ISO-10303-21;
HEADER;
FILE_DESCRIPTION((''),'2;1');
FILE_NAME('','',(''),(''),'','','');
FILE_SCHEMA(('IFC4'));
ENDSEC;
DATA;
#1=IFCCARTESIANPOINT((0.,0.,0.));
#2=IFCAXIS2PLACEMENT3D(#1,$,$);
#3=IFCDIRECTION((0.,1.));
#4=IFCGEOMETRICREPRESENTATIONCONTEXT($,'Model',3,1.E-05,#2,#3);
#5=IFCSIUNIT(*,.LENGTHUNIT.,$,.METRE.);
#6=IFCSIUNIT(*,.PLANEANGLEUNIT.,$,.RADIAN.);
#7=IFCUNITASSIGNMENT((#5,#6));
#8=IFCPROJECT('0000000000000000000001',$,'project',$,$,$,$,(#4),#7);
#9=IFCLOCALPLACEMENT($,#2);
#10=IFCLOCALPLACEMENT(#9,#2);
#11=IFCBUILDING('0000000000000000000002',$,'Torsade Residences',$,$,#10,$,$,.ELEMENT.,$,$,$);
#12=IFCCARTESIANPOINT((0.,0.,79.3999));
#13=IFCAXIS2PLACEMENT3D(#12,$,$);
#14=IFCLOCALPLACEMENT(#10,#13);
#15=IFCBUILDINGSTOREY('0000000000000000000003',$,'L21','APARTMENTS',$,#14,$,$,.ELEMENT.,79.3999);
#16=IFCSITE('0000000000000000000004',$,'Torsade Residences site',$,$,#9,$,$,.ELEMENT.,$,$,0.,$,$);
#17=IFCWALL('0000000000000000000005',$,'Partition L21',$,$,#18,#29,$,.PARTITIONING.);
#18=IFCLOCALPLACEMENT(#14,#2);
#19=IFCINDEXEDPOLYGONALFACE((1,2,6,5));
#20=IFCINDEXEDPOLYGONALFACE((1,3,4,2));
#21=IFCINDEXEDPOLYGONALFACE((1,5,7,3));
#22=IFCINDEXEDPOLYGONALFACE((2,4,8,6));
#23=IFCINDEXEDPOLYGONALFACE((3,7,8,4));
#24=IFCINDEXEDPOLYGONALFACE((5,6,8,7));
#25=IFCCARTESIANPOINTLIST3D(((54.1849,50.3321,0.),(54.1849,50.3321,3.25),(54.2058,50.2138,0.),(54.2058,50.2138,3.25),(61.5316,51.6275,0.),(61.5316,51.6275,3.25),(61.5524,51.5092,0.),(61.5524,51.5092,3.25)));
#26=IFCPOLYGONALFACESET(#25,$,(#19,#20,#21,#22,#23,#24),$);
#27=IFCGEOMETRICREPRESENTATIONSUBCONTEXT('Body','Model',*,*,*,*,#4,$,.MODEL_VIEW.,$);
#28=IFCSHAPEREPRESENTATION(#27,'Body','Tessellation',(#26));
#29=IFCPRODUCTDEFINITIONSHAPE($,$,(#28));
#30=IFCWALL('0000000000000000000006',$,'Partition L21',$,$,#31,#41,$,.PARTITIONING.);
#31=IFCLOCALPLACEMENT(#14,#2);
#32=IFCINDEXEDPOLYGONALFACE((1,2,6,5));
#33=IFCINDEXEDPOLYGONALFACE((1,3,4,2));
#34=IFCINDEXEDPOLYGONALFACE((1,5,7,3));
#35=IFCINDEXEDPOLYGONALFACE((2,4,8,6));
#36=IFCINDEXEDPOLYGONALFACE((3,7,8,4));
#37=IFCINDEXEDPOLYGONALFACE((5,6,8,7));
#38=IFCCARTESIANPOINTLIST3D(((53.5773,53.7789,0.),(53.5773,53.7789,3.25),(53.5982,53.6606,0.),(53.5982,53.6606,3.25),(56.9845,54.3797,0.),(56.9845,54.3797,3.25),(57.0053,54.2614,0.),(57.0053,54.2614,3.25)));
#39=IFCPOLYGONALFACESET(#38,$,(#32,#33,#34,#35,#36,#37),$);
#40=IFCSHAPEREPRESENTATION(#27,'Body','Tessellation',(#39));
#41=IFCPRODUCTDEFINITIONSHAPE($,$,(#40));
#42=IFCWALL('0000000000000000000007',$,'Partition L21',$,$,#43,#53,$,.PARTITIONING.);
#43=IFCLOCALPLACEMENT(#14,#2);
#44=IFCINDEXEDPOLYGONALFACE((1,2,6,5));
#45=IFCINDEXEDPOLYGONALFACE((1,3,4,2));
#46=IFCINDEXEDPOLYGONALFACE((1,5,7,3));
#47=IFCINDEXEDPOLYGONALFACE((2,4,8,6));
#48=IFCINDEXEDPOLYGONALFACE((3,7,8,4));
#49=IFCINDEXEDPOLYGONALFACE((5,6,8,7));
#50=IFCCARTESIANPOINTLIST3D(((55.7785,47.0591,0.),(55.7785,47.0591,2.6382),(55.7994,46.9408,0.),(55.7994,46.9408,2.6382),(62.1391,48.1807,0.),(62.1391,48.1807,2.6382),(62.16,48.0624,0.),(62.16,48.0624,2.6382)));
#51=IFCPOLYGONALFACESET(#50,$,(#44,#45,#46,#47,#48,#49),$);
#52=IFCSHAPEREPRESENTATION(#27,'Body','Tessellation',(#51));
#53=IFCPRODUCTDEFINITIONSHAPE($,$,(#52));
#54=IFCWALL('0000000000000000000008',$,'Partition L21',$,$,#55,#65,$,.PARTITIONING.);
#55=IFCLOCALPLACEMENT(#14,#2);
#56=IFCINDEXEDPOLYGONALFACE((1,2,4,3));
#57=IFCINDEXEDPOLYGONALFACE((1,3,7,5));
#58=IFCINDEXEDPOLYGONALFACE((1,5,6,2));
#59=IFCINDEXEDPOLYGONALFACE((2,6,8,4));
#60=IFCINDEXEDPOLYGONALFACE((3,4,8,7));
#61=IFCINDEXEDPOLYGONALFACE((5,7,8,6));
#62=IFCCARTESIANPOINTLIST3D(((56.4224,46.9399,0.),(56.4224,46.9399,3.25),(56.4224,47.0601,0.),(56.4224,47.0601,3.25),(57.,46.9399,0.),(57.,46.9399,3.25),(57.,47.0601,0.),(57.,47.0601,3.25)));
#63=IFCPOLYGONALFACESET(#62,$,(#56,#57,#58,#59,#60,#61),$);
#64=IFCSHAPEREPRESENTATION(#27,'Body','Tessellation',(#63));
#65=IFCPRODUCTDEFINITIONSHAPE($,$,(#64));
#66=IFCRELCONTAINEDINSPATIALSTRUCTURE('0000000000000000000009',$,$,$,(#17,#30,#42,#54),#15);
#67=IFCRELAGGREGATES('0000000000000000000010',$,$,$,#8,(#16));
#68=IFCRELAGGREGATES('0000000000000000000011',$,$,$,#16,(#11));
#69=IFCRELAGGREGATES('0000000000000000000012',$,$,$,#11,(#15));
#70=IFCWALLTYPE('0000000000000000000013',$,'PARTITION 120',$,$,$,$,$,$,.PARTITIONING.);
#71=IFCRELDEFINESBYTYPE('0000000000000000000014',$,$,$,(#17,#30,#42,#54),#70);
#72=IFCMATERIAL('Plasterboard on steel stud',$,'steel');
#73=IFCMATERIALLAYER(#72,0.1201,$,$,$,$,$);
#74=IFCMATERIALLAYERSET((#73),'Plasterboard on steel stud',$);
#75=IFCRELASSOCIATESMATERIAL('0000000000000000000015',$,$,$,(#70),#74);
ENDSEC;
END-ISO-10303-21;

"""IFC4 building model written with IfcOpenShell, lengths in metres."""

from ifc_helpers import new_model, si_unit, direction, frame, frame_2d, origin, place, context, subcontext, project, spatial, rectangle, extrude, material, layer, layer_set, type_object, element, save


model = new_model("IFC4")

# Units and contexts
model_context = context("Model", 3, precision=1e-05, world=origin(), true_north=direction((0.0, 1.0)))
body_context = subcontext(model_context, "Body", "Model", "MODEL_VIEW")
ifc_project = project(units=[si_unit("LENGTHUNIT", "METRE"), si_unit("PLANEANGLEUNIT", "RADIAN")], contexts=[model_context])

# Site, building, storey
site_placement = place(None, origin())
site = spatial("IfcSite", under=ifc_project, at=site_placement, Name="Torsade Residences site", CompositionType="ELEMENT", RefElevation=0.0)
building_placement = place(site_placement, origin())
building = spatial("IfcBuilding", under=site, at=building_placement, Name="Torsade Residences", CompositionType="ELEMENT")
storey_placement = place(building_placement, frame((0.0, 0.0, 79.3999)))
storey = spatial("IfcBuildingStorey", under=building, at=storey_placement, Name="L21", Description="APARTMENTS", CompositionType="ELEMENT", Elevation=79.3999)

# Shared definitions
ifc_material_1 = material(Name="Plasterboard on steel stud", Category="steel")
ifc_layer_1 = layer(ifc_material_1, 0.1201)
ifc_layer_set_1 = layer_set([ifc_layer_1], Name="Plasterboard on steel stud")
wall_type = type_object("IfcWallType", Name="PARTITION 120", PredefinedType="PARTITIONING", material=ifc_layer_set_1)

# Walls
wall_1_placement = place(storey_placement, frame((61.542, 51.5684, 0.0), z_axis=(0.0, 0.0, 1.0), x_axis=(-0.984808, -0.173647, 0.0)))
element("IfcWall", 1, at=wall_1_placement, inside=storey, type_object=wall_type, Name="Partition L21", PredefinedType="PARTITIONING", context=body_context, shape_type="SweptSolid", body=[
    extrude(rectangle(XDim=7.46, YDim=0.1201, at=frame_2d((3.73, 0.0))), origin(), (0.0, 0.0, 1.0), 3.25),
])
wall_2_placement = place(storey_placement, frame((53.5876, 53.7197, 0.0), z_axis=(0.0, 0.0, 1.0), x_axis=(0.984806, 0.173661, 0.0)))
element("IfcWall", 2, at=wall_2_placement, inside=storey, type_object=wall_type, Name="Partition L21", PredefinedType="PARTITIONING", context=body_context, shape_type="SweptSolid", body=[
    extrude(rectangle(XDim=3.4597, YDim=0.1201, at=frame_2d((1.73, 0.0))), origin(), (0.0, 0.0, 1.0), 3.25),
])
wall_3_placement = place(storey_placement, frame((62.1497, 48.1216, 0.0), z_axis=(0.0, 0.0, 1.0), x_axis=(-0.984807, -0.173654, 0.0)))
element("IfcWall", 3, at=wall_3_placement, inside=storey, type_object=wall_type, Name="Partition L21", PredefinedType="PARTITIONING", context=body_context, shape_type="SweptSolid", body=[
    extrude(rectangle(XDim=6.4587, YDim=0.1201, at=frame_2d((3.2295, 0.0))), origin(), (0.0, 0.0, 1.0), 2.6382),
])
wall_4_placement = place(storey_placement, frame((57.0, 47.0, 0.0), z_axis=(0.0, 0.0, 1.0), x_axis=(-1.0, 0.0, 0.0)))
element("IfcWall", 4, at=wall_4_placement, inside=storey, type_object=wall_type, Name="Partition L21", PredefinedType="PARTITIONING", context=body_context, shape_type="SweptSolid", body=[
    extrude(rectangle(XDim=0.5776, YDim=0.1201, at=frame_2d((0.2888, 0.0))), origin(), (0.0, 0.0, 1.0), 3.25),
])

save(model, "model.ifc")
